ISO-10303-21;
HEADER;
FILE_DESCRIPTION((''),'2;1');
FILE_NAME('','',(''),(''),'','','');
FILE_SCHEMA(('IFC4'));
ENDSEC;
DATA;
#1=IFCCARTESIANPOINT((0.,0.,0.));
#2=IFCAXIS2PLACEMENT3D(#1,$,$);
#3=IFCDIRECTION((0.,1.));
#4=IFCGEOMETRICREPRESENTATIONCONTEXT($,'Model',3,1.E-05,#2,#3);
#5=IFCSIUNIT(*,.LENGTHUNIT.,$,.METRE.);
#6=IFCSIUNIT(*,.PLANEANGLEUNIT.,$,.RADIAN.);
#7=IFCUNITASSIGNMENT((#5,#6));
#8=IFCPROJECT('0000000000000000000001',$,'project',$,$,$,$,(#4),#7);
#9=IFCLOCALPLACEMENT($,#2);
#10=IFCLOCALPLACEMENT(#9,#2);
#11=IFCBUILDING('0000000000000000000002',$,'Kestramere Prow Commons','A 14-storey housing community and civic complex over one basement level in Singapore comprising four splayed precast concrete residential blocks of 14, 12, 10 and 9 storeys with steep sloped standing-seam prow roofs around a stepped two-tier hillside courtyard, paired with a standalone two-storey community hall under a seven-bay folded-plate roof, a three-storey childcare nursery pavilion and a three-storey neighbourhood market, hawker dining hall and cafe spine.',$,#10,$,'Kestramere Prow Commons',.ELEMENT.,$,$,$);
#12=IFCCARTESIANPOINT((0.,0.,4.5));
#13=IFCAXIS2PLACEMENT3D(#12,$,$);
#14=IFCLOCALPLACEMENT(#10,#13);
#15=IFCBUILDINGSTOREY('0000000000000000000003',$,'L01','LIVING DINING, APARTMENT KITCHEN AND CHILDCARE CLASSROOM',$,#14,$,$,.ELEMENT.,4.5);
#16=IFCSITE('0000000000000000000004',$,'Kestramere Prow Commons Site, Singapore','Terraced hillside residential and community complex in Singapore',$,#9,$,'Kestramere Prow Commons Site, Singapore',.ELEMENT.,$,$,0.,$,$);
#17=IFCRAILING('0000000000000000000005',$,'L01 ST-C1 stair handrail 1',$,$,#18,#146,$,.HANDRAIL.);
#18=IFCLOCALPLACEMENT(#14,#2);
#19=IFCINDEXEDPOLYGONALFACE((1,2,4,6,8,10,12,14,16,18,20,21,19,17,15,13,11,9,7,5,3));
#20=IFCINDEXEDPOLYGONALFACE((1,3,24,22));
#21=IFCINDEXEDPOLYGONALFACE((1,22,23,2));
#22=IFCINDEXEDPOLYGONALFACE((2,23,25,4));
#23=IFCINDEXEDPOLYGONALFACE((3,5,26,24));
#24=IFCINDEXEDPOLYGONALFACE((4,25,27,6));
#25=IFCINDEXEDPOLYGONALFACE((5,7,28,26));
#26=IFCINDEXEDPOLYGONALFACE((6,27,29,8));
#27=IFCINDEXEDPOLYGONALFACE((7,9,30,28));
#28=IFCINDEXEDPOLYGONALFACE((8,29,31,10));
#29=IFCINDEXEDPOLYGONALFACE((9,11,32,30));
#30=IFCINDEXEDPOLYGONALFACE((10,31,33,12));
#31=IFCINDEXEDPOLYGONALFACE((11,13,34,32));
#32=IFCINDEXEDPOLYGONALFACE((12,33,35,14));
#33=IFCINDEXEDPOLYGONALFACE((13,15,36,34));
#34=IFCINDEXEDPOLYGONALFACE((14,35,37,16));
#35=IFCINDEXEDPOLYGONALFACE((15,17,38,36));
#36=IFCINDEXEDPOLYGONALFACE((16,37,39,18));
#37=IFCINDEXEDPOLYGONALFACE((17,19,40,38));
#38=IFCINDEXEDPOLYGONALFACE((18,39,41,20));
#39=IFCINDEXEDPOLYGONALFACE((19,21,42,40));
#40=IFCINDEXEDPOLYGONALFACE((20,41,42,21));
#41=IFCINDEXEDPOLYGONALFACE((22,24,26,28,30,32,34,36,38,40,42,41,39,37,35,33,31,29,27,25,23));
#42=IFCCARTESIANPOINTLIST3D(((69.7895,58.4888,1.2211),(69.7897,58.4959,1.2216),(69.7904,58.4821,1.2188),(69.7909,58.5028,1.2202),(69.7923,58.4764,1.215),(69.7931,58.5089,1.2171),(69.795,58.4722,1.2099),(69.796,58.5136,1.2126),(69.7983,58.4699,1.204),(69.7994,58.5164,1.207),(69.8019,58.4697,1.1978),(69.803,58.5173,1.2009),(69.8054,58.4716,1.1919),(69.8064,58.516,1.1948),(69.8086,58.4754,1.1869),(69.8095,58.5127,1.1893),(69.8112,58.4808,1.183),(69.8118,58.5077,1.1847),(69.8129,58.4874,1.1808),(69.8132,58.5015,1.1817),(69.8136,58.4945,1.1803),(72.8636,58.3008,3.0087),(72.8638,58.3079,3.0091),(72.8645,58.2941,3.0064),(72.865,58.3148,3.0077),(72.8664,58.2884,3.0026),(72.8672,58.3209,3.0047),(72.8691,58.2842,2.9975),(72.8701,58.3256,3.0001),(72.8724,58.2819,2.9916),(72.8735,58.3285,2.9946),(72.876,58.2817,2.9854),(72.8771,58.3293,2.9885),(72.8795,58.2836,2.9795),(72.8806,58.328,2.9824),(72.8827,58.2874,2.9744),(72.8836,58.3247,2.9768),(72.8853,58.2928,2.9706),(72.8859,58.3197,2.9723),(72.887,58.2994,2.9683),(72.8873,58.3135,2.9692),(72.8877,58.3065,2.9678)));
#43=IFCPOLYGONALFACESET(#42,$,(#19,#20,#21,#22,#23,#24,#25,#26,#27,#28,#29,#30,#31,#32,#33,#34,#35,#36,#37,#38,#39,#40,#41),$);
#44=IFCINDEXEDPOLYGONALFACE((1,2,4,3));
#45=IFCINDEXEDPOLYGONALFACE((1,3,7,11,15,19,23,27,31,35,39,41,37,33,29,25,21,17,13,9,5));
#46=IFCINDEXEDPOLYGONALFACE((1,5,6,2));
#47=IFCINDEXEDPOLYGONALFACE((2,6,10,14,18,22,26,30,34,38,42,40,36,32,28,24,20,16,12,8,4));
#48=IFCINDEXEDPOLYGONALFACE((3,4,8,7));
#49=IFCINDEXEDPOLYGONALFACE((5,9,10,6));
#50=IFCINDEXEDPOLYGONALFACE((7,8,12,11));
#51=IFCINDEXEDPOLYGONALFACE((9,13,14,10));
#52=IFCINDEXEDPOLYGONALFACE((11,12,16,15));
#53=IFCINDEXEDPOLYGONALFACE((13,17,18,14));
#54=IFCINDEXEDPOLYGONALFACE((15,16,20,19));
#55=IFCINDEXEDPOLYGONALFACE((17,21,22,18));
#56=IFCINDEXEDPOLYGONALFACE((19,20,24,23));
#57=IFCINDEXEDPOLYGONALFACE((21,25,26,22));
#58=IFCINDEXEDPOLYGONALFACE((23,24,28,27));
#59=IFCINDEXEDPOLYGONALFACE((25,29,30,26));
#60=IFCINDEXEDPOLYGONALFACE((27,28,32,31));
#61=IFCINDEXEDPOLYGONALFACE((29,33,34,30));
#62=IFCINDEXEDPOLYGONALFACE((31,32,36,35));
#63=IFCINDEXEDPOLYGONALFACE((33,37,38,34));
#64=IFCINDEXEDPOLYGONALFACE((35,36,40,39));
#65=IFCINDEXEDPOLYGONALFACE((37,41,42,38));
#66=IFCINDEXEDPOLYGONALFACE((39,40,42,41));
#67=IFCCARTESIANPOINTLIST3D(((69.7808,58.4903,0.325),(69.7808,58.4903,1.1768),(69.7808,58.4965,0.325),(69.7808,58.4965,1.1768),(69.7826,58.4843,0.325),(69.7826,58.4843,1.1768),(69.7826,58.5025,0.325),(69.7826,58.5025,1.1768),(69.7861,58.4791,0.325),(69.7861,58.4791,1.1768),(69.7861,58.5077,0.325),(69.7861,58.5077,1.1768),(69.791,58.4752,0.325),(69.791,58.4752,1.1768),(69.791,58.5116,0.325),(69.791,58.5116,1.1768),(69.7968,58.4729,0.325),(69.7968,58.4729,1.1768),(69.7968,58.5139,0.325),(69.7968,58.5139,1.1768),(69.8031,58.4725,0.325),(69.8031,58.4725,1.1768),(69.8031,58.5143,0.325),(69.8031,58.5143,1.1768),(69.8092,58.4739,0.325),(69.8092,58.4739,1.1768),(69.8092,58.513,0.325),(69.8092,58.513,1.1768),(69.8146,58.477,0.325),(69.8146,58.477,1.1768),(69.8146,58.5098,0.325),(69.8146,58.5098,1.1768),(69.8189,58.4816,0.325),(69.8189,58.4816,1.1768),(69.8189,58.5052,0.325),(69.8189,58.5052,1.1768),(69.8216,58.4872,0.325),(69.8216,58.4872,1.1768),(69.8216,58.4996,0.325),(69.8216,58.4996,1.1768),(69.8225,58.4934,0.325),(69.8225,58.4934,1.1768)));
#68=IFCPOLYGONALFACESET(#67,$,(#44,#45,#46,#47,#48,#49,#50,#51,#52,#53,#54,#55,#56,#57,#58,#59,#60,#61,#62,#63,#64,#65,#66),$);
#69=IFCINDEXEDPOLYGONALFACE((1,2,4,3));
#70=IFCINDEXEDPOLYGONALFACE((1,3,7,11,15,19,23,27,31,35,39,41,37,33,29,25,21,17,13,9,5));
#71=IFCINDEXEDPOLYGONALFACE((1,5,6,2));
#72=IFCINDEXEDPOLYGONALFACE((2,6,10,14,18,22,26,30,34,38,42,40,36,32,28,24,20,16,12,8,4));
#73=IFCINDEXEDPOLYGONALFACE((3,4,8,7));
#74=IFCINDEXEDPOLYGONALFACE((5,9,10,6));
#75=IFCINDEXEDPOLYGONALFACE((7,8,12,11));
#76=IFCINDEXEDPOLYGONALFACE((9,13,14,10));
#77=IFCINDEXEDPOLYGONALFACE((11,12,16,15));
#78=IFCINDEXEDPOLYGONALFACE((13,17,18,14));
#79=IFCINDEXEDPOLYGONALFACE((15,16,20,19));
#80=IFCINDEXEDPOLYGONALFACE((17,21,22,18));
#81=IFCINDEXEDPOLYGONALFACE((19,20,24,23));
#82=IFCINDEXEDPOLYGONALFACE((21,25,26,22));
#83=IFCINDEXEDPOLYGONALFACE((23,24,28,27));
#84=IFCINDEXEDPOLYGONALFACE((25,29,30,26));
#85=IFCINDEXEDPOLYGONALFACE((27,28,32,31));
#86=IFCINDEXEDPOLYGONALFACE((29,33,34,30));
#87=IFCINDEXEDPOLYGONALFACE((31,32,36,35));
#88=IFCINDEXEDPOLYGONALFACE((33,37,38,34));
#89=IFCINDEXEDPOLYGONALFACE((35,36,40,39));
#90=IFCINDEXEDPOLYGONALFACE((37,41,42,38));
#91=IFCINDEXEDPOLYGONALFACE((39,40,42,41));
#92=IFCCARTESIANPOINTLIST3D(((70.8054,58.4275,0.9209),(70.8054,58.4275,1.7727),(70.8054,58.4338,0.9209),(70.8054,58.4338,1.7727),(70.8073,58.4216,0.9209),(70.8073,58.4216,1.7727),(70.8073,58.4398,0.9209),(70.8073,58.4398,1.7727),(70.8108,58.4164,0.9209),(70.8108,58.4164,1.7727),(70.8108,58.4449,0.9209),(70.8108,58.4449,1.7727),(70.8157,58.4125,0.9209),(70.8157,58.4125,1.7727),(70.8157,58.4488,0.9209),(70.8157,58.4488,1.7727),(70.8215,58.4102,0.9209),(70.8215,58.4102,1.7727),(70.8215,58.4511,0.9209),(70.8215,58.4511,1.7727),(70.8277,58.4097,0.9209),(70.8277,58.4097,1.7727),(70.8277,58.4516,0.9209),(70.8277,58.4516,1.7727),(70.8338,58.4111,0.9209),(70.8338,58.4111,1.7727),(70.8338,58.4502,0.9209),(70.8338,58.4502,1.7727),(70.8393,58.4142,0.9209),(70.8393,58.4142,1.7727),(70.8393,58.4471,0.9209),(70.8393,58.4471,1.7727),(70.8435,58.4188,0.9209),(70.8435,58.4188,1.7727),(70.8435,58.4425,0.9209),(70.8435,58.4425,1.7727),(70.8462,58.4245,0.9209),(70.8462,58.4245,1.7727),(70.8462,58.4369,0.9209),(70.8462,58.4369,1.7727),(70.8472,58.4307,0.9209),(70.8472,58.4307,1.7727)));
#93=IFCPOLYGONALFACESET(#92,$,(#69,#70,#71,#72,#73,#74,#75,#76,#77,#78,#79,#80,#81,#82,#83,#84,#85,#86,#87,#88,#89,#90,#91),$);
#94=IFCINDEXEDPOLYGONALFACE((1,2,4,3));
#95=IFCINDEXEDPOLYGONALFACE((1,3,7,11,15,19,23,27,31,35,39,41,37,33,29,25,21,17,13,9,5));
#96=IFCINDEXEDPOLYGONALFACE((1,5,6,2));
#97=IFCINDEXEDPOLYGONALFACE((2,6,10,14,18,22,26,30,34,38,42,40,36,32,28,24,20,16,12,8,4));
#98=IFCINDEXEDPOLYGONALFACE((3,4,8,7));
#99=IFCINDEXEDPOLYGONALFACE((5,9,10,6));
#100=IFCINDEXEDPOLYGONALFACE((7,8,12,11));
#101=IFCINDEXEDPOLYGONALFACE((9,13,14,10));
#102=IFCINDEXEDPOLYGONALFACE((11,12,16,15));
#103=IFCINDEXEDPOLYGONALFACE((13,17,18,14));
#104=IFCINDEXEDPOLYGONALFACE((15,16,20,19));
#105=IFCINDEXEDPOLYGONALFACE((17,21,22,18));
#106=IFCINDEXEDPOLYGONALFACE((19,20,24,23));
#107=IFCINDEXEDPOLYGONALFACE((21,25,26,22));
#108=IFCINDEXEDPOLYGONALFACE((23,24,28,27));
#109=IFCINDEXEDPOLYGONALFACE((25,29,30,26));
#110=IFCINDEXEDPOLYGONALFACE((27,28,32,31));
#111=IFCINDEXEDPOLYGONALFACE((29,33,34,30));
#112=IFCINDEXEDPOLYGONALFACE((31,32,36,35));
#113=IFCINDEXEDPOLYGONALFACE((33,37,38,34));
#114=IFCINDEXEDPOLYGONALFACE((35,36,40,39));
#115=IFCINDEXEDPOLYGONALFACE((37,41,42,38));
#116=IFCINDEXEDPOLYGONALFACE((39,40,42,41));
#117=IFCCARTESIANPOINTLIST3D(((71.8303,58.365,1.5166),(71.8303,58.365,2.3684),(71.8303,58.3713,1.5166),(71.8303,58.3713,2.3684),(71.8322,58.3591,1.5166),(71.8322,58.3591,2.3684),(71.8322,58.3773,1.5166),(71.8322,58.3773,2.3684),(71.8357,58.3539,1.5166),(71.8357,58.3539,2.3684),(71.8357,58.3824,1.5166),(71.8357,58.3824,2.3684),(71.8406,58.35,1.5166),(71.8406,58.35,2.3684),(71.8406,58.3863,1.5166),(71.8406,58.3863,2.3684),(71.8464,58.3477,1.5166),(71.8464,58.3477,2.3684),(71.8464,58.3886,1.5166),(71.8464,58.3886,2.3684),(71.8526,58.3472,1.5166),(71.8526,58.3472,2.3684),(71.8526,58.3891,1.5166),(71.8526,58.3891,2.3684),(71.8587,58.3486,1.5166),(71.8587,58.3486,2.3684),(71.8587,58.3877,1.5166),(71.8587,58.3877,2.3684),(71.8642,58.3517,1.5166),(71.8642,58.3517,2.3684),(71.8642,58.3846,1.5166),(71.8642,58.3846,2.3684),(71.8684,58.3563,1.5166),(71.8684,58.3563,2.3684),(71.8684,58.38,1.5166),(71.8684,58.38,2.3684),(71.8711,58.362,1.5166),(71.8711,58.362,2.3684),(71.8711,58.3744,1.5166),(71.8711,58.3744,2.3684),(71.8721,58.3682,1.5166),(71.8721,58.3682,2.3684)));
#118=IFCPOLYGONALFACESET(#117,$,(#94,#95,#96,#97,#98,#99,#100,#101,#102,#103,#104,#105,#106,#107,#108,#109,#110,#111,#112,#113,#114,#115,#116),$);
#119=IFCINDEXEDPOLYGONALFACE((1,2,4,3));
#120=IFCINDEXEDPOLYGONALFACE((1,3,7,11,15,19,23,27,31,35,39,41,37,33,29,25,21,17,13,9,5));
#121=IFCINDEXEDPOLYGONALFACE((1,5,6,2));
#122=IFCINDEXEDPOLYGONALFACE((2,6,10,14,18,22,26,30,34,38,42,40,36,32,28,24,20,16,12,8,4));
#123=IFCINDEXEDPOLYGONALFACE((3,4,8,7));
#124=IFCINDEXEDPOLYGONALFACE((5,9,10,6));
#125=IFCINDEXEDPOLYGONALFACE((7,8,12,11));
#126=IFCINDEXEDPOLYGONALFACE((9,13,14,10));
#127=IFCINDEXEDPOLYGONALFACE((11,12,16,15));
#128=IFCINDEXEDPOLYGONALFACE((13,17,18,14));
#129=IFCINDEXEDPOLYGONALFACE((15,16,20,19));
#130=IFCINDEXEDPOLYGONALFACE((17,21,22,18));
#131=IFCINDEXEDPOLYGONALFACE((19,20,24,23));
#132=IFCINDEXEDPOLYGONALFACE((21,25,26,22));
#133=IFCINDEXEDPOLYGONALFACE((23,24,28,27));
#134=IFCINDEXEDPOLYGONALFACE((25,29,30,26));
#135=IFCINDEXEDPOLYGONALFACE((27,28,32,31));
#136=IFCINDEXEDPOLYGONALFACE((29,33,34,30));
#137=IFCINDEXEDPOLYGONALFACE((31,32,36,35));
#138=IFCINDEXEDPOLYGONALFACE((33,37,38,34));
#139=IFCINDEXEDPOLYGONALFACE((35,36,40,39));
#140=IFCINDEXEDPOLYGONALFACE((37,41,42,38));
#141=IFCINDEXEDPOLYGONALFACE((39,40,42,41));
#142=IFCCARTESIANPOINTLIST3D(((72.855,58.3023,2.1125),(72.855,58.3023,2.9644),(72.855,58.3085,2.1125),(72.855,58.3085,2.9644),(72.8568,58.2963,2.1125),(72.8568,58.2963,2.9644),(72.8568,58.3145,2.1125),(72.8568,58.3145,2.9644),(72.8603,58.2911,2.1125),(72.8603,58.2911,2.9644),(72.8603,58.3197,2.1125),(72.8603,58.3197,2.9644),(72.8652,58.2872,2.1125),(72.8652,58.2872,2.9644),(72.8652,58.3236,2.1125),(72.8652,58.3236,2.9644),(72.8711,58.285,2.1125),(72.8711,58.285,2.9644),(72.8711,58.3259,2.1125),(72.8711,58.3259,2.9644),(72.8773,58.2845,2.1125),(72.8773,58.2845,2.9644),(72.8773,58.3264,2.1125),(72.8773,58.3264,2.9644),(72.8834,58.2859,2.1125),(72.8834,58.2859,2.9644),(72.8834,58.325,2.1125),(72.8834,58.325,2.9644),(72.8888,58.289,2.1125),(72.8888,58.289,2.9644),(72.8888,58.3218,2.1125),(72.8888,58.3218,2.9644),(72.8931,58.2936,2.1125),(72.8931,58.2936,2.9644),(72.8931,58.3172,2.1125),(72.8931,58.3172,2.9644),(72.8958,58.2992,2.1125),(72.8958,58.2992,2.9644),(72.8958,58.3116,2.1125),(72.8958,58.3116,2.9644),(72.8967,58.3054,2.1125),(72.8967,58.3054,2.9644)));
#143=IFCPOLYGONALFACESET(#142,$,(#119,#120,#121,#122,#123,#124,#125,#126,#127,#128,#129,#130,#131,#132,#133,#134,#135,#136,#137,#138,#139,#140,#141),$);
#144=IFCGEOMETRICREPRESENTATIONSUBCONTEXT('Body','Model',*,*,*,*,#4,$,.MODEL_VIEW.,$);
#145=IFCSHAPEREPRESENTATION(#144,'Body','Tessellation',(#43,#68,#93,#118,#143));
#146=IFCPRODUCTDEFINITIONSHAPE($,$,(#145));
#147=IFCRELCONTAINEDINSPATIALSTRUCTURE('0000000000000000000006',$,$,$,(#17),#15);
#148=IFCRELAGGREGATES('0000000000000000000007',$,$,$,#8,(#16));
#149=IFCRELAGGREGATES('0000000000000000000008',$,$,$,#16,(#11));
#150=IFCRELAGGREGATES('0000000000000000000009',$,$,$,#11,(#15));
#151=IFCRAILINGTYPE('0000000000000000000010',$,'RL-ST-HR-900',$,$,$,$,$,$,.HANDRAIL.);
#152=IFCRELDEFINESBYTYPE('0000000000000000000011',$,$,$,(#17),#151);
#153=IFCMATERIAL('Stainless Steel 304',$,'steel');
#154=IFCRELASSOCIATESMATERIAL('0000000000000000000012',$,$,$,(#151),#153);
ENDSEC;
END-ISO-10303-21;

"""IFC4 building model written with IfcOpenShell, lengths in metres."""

from ifc_helpers import new_model, si_unit, direction, frame, origin, origin_2d, place, context, subcontext, project, spatial, circle, extrude, material, type_object, element, save


model = new_model("IFC4")

# Units and contexts
model_context = context("Model", 3, precision=1e-05, world=origin(), true_north=direction((0.0, 1.0)))
body_context = subcontext(model_context, "Body", "Model", "MODEL_VIEW")
ifc_project = project(units=[si_unit("LENGTHUNIT", "METRE"), si_unit("PLANEANGLEUNIT", "RADIAN")], contexts=[model_context])

# Site, building, storey
site_placement = place(None, origin())
site = spatial("IfcSite", under=ifc_project, at=site_placement, Name="Kestramere Prow Commons Site, Singapore", Description="Terraced hillside residential and community complex in Singapore", LongName="Kestramere Prow Commons Site, Singapore", CompositionType="ELEMENT", RefElevation=0.0)
building_placement = place(site_placement, origin())
building = spatial("IfcBuilding", under=site, at=building_placement, Name="Kestramere Prow Commons", Description="A 14-storey housing community and civic complex over one basement level in Singapore comprising four splayed precast concrete residential blocks of 14, 12, 10 and 9 storeys with steep sloped standing-seam prow roofs around a stepped two-tier hillside courtyard, paired with a standalone two-storey community hall under a seven-bay folded-plate roof, a three-storey childcare nursery pavilion and a three-storey neighbourhood market, hawker dining hall and cafe spine.", LongName="Kestramere Prow Commons", CompositionType="ELEMENT")
storey_placement = place(building_placement, frame((0.0, 0.0, 4.5)))
storey = spatial("IfcBuildingStorey", under=building, at=storey_placement, Name="L01", Description="LIVING DINING, APARTMENT KITCHEN AND CHILDCARE CLASSROOM", CompositionType="ELEMENT", Elevation=4.5)

# Railing
ifc_material_1 = material(Name="Stainless Steel 304", Category="steel")
railing_type_1 = type_object("IfcRailingType", Name="RL-ST-HR-900", PredefinedType="HANDRAIL", material=ifc_material_1)
for number, where, name in (
    (1, (69.8015, 58.4934, 0.325), "L01 ST-C1 stair handrail 1"),
):
    element("IfcRailing", number, at=place(storey_placement, frame(where)), inside=storey, type_object=railing_type_1, Name=name, PredefinedType="HANDRAIL", context=body_context, shape_type="SweptSolid", body=[
        extrude(circle(Radius=0.0239, at=origin_2d()), frame((0.0, 0.0, 0.876), z_axis=(0.86327, -0.052789, 0.501974), x_axis=(0.061036, 0.998136, 0.0)), (0.0, 0.0, 1.0), 3.561),
        extrude(circle(Radius=0.021, at=origin_2d()), origin(), (0.0, 0.0, 1.0), 0.8518),
        extrude(circle(Radius=0.021, at=origin_2d()), frame((1.0247, -0.0627, 0.5959)), (0.0, 0.0, 1.0), 0.8518),
        extrude(circle(Radius=0.021, at=origin_2d()), frame((2.0496, -0.1252, 1.1917)), (0.0, 0.0, 1.0), 0.8518),
        extrude(circle(Radius=0.021, at=origin_2d()), frame((3.0742, -0.188, 1.7876)), (0.0, 0.0, 1.0), 0.8518),
    ])

save(model, "model.ifc")
